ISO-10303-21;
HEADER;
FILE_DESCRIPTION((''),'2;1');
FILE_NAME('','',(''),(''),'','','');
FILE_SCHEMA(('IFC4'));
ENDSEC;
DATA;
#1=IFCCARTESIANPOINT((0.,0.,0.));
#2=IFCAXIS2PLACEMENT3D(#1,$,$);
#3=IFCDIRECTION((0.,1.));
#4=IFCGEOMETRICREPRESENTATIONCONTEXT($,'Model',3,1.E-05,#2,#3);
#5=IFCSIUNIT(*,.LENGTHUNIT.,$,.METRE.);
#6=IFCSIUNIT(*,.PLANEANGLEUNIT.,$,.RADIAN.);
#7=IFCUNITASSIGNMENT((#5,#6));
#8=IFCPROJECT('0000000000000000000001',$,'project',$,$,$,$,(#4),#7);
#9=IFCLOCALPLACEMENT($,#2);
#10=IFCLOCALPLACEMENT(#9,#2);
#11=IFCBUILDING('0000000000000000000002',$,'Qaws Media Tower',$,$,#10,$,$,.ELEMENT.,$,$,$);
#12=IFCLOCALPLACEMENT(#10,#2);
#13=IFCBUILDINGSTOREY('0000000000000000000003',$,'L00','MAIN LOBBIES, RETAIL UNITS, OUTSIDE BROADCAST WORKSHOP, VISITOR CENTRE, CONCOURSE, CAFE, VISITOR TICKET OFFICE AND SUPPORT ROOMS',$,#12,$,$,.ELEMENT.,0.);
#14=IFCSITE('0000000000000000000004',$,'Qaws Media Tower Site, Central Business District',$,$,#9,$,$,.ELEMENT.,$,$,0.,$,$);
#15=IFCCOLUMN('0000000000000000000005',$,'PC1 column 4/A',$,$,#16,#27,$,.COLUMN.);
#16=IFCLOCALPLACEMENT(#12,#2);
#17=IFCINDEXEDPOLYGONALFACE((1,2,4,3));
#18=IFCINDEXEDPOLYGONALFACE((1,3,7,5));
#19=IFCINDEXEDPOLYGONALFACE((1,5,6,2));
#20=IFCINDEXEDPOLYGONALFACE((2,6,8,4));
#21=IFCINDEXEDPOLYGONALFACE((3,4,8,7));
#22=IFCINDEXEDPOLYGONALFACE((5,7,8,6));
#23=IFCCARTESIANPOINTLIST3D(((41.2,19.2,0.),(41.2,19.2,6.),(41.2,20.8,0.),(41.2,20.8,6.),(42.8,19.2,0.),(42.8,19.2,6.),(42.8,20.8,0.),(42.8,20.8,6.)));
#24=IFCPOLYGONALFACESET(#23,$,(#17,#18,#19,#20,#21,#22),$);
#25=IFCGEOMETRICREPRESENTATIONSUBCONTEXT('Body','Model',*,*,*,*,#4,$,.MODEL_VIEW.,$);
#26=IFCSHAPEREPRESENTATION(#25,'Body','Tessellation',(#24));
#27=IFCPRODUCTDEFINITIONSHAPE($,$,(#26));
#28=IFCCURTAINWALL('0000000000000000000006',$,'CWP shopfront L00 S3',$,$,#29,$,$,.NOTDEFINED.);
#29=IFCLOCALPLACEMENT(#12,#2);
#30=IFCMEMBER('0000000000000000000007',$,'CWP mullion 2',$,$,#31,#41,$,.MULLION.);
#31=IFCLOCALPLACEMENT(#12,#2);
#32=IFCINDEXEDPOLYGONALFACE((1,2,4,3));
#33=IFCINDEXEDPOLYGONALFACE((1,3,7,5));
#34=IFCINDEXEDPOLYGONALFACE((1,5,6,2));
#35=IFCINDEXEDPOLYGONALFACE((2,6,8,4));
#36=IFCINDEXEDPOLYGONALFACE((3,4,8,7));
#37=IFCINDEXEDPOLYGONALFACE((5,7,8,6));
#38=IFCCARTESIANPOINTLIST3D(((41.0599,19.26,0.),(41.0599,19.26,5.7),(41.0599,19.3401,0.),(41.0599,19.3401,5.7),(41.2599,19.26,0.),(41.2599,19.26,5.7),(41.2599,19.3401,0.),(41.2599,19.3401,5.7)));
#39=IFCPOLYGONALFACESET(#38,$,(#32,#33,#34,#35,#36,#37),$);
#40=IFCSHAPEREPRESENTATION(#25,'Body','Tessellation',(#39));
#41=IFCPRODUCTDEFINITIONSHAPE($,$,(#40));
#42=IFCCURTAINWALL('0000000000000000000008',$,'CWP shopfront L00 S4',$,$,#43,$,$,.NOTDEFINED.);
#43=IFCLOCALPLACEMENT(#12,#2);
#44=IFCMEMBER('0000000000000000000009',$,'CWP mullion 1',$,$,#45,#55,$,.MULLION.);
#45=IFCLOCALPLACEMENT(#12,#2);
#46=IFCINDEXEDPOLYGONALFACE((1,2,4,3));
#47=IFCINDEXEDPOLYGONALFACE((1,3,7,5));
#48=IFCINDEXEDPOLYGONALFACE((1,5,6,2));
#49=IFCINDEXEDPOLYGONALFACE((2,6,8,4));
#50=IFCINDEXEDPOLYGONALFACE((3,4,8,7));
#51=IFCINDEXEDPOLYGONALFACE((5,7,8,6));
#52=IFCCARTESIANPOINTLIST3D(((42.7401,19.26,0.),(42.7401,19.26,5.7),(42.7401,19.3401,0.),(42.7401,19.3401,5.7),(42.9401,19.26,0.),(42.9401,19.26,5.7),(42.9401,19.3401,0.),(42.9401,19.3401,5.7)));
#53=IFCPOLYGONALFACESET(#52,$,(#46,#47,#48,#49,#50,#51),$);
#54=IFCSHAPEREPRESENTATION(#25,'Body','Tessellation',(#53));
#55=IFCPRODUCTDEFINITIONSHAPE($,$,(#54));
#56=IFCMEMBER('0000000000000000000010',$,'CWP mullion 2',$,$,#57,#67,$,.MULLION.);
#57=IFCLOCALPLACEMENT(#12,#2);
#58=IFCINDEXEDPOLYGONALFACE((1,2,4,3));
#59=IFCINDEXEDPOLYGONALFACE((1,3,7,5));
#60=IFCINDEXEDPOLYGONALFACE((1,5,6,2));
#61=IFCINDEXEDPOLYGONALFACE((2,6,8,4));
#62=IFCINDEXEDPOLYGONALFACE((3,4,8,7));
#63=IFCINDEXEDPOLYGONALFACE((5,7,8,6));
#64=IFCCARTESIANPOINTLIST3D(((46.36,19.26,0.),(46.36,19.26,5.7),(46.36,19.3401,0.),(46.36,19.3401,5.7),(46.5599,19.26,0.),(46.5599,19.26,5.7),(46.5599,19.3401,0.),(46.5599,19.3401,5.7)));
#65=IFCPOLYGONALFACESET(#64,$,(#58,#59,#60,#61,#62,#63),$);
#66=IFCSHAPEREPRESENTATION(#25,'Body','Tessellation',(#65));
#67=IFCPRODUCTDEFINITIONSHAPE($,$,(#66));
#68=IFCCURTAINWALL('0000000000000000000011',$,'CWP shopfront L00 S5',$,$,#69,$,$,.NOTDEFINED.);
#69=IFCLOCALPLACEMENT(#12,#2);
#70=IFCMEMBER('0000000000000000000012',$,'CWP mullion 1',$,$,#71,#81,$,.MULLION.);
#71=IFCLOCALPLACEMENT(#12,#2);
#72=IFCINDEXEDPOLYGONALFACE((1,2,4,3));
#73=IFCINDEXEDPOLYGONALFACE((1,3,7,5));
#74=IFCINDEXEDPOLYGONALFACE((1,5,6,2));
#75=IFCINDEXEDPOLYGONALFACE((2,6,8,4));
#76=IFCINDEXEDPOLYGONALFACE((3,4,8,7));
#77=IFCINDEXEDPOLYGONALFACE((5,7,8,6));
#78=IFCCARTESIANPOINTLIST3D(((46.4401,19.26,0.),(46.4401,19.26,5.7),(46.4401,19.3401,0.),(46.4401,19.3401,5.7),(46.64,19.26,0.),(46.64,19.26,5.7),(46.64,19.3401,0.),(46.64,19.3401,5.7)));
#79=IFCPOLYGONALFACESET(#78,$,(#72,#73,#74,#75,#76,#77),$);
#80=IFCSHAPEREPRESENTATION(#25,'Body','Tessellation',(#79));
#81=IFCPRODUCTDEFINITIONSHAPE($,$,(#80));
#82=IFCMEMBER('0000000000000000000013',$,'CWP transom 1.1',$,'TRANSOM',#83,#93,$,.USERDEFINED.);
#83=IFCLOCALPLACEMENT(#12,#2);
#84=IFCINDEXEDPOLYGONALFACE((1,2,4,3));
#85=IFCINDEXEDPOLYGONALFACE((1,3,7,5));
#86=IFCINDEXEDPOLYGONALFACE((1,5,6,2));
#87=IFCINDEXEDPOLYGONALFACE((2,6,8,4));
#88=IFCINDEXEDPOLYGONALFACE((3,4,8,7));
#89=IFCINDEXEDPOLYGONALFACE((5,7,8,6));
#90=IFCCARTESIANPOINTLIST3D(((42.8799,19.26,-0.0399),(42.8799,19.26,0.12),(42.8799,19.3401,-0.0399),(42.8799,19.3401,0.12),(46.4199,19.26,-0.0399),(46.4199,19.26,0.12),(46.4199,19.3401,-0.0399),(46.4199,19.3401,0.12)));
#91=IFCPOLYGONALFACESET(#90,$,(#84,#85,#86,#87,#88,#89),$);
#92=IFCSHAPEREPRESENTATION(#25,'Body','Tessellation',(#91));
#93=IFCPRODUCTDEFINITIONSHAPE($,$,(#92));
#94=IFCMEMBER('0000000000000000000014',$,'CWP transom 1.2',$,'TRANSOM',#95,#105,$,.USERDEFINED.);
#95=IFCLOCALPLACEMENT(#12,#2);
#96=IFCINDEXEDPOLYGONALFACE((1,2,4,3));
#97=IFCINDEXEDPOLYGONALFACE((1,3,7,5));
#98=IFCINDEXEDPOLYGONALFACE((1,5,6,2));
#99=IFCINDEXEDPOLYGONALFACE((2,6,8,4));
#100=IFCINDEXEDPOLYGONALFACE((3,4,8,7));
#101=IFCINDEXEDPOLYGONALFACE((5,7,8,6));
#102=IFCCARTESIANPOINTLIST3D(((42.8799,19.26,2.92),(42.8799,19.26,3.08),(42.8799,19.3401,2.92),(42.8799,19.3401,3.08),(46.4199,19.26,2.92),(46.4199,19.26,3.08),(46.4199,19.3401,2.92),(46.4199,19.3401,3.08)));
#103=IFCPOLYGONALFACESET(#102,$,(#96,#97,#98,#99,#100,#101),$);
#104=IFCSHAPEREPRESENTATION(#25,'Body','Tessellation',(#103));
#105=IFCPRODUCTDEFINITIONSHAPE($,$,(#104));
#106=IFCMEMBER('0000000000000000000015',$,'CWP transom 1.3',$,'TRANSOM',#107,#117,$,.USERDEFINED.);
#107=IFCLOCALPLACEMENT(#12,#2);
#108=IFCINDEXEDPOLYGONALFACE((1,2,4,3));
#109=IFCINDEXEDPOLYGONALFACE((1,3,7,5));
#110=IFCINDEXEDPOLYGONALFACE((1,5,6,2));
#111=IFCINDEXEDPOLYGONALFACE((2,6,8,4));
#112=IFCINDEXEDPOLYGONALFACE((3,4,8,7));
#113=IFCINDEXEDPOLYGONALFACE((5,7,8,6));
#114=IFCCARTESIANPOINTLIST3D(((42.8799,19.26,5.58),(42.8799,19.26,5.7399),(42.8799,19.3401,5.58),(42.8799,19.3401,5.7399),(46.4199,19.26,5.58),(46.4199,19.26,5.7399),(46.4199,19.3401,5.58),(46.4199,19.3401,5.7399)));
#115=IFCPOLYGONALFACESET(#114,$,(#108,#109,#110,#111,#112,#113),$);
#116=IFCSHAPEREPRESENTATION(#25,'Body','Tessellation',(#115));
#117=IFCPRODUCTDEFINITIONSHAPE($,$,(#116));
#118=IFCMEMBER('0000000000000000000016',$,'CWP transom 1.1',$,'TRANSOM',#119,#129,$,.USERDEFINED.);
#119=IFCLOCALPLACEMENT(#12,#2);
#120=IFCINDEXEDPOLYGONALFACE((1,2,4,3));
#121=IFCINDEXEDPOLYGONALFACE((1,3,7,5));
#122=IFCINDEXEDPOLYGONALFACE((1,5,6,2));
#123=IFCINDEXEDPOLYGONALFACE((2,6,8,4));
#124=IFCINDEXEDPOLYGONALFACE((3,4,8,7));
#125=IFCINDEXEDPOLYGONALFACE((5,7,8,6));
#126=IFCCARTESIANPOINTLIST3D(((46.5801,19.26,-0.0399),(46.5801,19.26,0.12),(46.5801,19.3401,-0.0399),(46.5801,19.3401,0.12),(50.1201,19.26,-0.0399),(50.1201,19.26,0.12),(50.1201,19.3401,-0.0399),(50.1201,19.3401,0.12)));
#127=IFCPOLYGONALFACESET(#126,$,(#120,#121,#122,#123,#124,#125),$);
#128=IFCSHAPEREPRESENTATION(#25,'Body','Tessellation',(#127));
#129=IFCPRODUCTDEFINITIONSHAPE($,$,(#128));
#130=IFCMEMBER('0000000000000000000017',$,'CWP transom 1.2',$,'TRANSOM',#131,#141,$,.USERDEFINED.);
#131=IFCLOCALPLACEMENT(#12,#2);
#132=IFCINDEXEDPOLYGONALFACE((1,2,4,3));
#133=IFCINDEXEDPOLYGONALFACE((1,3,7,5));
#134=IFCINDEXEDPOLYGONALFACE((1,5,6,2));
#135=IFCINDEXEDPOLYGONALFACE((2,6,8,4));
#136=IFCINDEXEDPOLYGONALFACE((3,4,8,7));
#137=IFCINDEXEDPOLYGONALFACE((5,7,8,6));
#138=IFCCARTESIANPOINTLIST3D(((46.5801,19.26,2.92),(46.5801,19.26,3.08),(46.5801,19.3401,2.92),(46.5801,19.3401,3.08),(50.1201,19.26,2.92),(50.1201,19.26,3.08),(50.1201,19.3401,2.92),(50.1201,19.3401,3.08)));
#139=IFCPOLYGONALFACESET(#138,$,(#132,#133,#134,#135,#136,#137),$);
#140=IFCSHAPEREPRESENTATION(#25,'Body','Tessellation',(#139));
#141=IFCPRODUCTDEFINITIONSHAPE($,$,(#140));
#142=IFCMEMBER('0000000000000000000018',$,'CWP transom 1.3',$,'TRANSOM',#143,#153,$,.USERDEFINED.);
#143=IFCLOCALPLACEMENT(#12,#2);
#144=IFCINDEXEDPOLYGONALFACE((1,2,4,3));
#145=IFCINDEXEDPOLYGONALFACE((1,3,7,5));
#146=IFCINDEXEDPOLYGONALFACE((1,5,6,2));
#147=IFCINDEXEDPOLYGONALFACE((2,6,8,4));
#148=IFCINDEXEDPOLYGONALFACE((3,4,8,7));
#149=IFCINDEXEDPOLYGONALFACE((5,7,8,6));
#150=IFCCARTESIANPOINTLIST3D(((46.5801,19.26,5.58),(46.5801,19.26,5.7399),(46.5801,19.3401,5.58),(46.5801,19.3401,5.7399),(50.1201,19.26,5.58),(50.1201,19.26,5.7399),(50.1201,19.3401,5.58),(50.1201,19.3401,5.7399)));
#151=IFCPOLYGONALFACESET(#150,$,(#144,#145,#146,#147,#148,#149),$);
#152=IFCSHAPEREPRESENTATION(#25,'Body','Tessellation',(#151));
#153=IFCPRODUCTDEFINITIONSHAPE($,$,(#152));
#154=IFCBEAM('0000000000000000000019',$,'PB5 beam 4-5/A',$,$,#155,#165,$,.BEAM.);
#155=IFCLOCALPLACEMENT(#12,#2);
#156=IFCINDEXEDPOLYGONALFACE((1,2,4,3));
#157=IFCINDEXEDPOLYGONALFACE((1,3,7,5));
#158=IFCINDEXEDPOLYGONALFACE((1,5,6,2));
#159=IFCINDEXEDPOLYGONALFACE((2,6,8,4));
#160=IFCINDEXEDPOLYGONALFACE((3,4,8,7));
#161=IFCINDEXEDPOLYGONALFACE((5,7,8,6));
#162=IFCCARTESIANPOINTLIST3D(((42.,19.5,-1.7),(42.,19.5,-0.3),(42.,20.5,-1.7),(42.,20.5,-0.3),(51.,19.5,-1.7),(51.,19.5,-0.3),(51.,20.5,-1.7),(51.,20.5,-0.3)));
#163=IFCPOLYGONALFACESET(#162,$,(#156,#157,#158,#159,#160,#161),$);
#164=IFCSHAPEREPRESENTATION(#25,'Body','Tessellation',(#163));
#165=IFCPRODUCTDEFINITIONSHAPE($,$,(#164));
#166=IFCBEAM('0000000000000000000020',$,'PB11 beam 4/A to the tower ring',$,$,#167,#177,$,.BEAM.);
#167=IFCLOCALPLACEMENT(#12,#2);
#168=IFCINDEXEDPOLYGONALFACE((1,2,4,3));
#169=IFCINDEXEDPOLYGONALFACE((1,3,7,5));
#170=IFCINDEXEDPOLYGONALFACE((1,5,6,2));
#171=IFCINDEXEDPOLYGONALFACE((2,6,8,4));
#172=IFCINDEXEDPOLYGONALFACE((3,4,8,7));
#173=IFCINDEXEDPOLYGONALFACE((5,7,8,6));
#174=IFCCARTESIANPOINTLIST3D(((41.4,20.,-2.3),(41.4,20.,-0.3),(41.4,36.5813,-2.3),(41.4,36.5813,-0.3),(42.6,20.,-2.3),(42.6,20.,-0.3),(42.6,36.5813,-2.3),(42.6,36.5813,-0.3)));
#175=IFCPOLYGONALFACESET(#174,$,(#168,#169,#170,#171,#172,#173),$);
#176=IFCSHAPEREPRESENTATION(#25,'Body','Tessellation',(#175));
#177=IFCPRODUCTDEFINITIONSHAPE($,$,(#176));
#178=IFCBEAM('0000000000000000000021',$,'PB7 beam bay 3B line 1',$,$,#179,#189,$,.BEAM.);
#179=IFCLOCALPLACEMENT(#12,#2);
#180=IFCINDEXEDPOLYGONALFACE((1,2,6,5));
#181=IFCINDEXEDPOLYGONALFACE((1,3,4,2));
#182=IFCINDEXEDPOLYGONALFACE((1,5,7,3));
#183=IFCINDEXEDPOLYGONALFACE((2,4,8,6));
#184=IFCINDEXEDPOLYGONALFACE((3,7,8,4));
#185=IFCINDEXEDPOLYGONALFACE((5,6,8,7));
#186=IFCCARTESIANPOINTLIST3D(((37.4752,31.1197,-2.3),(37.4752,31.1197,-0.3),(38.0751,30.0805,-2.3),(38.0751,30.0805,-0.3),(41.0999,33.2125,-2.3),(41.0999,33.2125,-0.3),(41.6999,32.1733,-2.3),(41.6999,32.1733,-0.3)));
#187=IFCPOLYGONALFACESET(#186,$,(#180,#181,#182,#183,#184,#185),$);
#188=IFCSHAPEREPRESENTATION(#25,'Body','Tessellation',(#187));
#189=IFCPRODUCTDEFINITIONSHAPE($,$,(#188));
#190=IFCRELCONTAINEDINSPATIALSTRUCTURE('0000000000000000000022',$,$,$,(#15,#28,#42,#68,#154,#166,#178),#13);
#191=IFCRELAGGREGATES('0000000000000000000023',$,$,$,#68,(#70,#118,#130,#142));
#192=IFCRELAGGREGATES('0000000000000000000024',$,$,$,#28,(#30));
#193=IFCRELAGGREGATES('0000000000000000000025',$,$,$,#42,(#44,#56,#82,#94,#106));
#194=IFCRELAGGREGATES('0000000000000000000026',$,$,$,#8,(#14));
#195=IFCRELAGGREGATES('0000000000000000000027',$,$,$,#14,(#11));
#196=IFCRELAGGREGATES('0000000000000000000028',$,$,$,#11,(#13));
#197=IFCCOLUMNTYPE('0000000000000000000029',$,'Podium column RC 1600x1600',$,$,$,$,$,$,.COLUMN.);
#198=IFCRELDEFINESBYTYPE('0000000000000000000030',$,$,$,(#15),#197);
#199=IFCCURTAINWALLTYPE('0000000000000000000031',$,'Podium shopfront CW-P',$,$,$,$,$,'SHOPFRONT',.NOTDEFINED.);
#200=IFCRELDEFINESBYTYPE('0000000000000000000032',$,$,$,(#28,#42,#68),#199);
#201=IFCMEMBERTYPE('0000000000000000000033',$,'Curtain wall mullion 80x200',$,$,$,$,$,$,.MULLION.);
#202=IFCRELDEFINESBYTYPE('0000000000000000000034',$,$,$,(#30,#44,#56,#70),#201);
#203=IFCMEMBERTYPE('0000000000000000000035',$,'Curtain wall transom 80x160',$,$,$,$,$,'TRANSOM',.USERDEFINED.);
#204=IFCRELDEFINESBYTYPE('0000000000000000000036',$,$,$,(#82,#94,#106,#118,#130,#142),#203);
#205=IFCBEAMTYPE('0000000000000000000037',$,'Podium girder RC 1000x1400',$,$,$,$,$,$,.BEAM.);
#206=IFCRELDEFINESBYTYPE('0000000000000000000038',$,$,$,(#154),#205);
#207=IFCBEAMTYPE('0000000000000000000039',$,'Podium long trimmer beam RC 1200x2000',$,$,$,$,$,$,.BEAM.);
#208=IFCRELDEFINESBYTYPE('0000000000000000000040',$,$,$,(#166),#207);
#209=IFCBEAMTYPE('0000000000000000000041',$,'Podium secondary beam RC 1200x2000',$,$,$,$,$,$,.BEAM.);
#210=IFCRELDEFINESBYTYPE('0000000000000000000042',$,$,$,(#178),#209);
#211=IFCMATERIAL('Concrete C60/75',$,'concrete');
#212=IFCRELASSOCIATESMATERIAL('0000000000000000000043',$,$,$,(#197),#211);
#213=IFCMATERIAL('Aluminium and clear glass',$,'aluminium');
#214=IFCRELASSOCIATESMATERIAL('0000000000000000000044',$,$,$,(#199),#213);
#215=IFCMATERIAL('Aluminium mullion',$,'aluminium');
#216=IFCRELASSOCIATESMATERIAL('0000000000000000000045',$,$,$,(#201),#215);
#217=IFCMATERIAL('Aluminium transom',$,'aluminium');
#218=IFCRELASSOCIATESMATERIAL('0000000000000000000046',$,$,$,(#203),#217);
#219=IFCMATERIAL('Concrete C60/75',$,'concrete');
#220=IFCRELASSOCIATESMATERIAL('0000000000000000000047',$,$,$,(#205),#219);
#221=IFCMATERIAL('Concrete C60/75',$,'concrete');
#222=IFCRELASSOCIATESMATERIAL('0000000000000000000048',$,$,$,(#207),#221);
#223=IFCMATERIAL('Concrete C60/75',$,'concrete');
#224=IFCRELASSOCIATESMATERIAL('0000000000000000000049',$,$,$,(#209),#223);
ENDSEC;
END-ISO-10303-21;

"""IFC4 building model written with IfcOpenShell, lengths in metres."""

from ifc_helpers import new_model, si_unit, direction, frame, origin, origin_2d, place, context, subcontext, project, spatial, rectangle, extrude, material, material_profile, profile_set, type_object, element, aggregate, save


model = new_model("IFC4")

# Units and contexts
model_context = context("Model", 3, precision=1e-05, world=origin(), true_north=direction((0.0, 1.0)))
body_context = subcontext(model_context, "Body", "Model", "MODEL_VIEW")
ifc_project = project(units=[si_unit("LENGTHUNIT", "METRE"), si_unit("PLANEANGLEUNIT", "RADIAN")], contexts=[model_context])

# Site, building, storey
site_placement = place(None, origin())
site = spatial("IfcSite", under=ifc_project, at=site_placement, Name="Qaws Media Tower Site, Central Business District", CompositionType="ELEMENT", RefElevation=0.0)
building_placement = place(site_placement, origin())
building = spatial("IfcBuilding", under=site, at=building_placement, Name="Qaws Media Tower", CompositionType="ELEMENT")
storey_placement = place(building_placement, origin())
storey = spatial("IfcBuildingStorey", under=building, at=storey_placement, Name="L00", Description="MAIN LOBBIES, RETAIL UNITS, OUTSIDE BROADCAST WORKSHOP, VISITOR CENTRE, CONCOURSE, CAFE, VISITOR TICKET OFFICE AND SUPPORT ROOMS", CompositionType="ELEMENT", Elevation=0.0)

# Column
ifc_material_1 = material(Name="Concrete C60/75", Category="concrete")
ifc_material_profile_1 = material_profile(ifc_material_1, rectangle(XDim=1.6001, YDim=1.6001, at=origin_2d()), Name="RC 1600x1600")
ifc_profile_set_1 = profile_set([ifc_material_profile_1], Name="Concrete C60/75")
column_type = type_object("IfcColumnType", Name="Podium column RC 1600x1600", PredefinedType="COLUMN", material=ifc_profile_set_1)
column_placement = place(storey_placement, frame((42.0, 20.0, 0.0), z_axis=(0.0, 0.0, 1.0), x_axis=(1.0, 0.0, 0.0)))
element("IfcColumn", 1, at=column_placement, inside=storey, type_object=column_type, Name="PC1 column 4/A", PredefinedType="COLUMN", context=body_context, shape_type="SweptSolid", body=[
    extrude(rectangle(XDim=1.6001, YDim=1.6001, at=origin_2d()), origin(), (0.0, 0.0, 1.0), 6.0),
])

# Curtain wall, member
ifc_material_2 = material(Name="Aluminium and clear glass", Category="aluminium")
curtain_wall_type = type_object("IfcCurtainWallType", Name="Podium shopfront CW-P", ElementType="SHOPFRONT", PredefinedType="NOTDEFINED", material=ifc_material_2)
curtain_wall_1_placement = place(storey_placement, origin())
curtain_wall_1 = element("IfcCurtainWall", 2, at=curtain_wall_1_placement, inside=storey, type_object=curtain_wall_type, Name="CWP shopfront L00 S3", PredefinedType="NOTDEFINED")
ifc_material_3 = material(Name="Aluminium mullion", Category="aluminium")
ifc_material_profile_2 = material_profile(ifc_material_3, rectangle(XDim=0.0801, YDim=0.2, at=origin_2d()), Name="80x200")
ifc_profile_set_2 = profile_set([ifc_material_profile_2], Name="Aluminium mullion")
member_type_1 = type_object("IfcMemberType", Name="Curtain wall mullion 80x200", PredefinedType="MULLION", material=ifc_profile_set_2)
member_1_placement = place(storey_placement, frame((41.1599, 19.3, 0.0), z_axis=(0.0, 0.0, 1.0), x_axis=(0.0, 1.0, 0.0)))
member_1 = element("IfcMember", 3, at=member_1_placement, type_object=member_type_1, Name="CWP mullion 2", PredefinedType="MULLION", context=body_context, shape_type="SweptSolid", body=[
    extrude(rectangle(XDim=0.0801, YDim=0.2, at=origin_2d()), origin(), (0.0, 0.0, 1.0), 5.7),
])

# Curtain wall, members
curtain_wall_2_placement = place(storey_placement, origin())
curtain_wall_2 = element("IfcCurtainWall", 4, at=curtain_wall_2_placement, inside=storey, type_object=curtain_wall_type, Name="CWP shopfront L00 S4", PredefinedType="NOTDEFINED")
member_2_placement = place(storey_placement, frame((42.8401, 19.3, 0.0), z_axis=(0.0, 0.0, 1.0), x_axis=(0.0, 1.0, 0.0)))
member_2 = element("IfcMember", 5, at=member_2_placement, type_object=member_type_1, Name="CWP mullion 1", PredefinedType="MULLION", context=body_context, shape_type="SweptSolid", body=[
    extrude(rectangle(XDim=0.0801, YDim=0.2, at=origin_2d()), origin(), (0.0, 0.0, 1.0), 5.7),
])
member_3_placement = place(storey_placement, frame((46.46, 19.3, 0.0), z_axis=(0.0, 0.0, 1.0), x_axis=(0.0, 1.0, 0.0)))
member_3 = element("IfcMember", 6, at=member_3_placement, type_object=member_type_1, Name="CWP mullion 2", PredefinedType="MULLION", context=body_context, shape_type="SweptSolid", body=[
    extrude(rectangle(XDim=0.0801, YDim=0.2, at=origin_2d()), origin(), (0.0, 0.0, 1.0), 5.7),
])

# Curtain wall, member
curtain_wall_3_placement = place(storey_placement, origin())
curtain_wall_3 = element("IfcCurtainWall", 7, at=curtain_wall_3_placement, inside=storey, type_object=curtain_wall_type, Name="CWP shopfront L00 S5", PredefinedType="NOTDEFINED")
member_4_placement = place(storey_placement, frame((46.54, 19.3, 0.0), z_axis=(0.0, 0.0, 1.0), x_axis=(0.0, 1.0, 0.0)))
member_4 = element("IfcMember", 8, at=member_4_placement, type_object=member_type_1, Name="CWP mullion 1", PredefinedType="MULLION", context=body_context, shape_type="SweptSolid", body=[
    extrude(rectangle(XDim=0.0801, YDim=0.2, at=origin_2d()), origin(), (0.0, 0.0, 1.0), 5.7),
])

# Members
ifc_material_4 = material(Name="Aluminium transom", Category="aluminium")
ifc_material_profile_3 = material_profile(ifc_material_4, rectangle(XDim=0.0801, YDim=0.1599, at=origin_2d()), Name="80x160")
ifc_profile_set_3 = profile_set([ifc_material_profile_3], Name="Aluminium transom")
member_type_2 = type_object("IfcMemberType", Name="Curtain wall transom 80x160", ElementType="TRANSOM", PredefinedType="USERDEFINED", material=ifc_profile_set_3)
member_5_placement = place(storey_placement, frame((42.8799, 19.3, 0.04), z_axis=(1.0, 0.0, 0.0), x_axis=(0.0, 1.0, 0.0)))
member_5 = element("IfcMember", 9, at=member_5_placement, type_object=member_type_2, Name="CWP transom 1.1", ObjectType="TRANSOM", PredefinedType="USERDEFINED", context=body_context, shape_type="SweptSolid", body=[
    extrude(rectangle(XDim=0.0801, YDim=0.1599, at=origin_2d()), origin(), (0.0, 0.0, 1.0), 3.54),
])
member_6_placement = place(storey_placement, frame((42.8799, 19.3, 3.0), z_axis=(1.0, 0.0, 0.0), x_axis=(0.0, 1.0, 0.0)))
member_6 = element("IfcMember", 10, at=member_6_placement, type_object=member_type_2, Name="CWP transom 1.2", ObjectType="TRANSOM", PredefinedType="USERDEFINED", context=body_context, shape_type="SweptSolid", body=[
    extrude(rectangle(XDim=0.0801, YDim=0.1599, at=origin_2d()), origin(), (0.0, 0.0, 1.0), 3.54),
])
member_7_placement = place(storey_placement, frame((42.8799, 19.3, 5.6599), z_axis=(1.0, 0.0, 0.0), x_axis=(0.0, 1.0, 0.0)))
member_7 = element("IfcMember", 11, at=member_7_placement, type_object=member_type_2, Name="CWP transom 1.3", ObjectType="TRANSOM", PredefinedType="USERDEFINED", context=body_context, shape_type="SweptSolid", body=[
    extrude(rectangle(XDim=0.0801, YDim=0.1599, at=origin_2d()), origin(), (0.0, 0.0, 1.0), 3.54),
])
member_8_placement = place(storey_placement, frame((46.5801, 19.3, 0.04), z_axis=(1.0, 0.0, 0.0), x_axis=(0.0, 1.0, 0.0)))
member_8 = element("IfcMember", 12, at=member_8_placement, type_object=member_type_2, Name="CWP transom 1.1", ObjectType="TRANSOM", PredefinedType="USERDEFINED", context=body_context, shape_type="SweptSolid", body=[
    extrude(rectangle(XDim=0.0801, YDim=0.1599, at=origin_2d()), origin(), (0.0, 0.0, 1.0), 3.54),
])
member_9_placement = place(storey_placement, frame((46.5801, 19.3, 3.0), z_axis=(1.0, 0.0, 0.0), x_axis=(0.0, 1.0, 0.0)))
member_9 = element("IfcMember", 13, at=member_9_placement, type_object=member_type_2, Name="CWP transom 1.2", ObjectType="TRANSOM", PredefinedType="USERDEFINED", context=body_context, shape_type="SweptSolid", body=[
    extrude(rectangle(XDim=0.0801, YDim=0.1599, at=origin_2d()), origin(), (0.0, 0.0, 1.0), 3.54),
])
member_10_placement = place(storey_placement, frame((46.5801, 19.3, 5.6599), z_axis=(1.0, 0.0, 0.0), x_axis=(0.0, 1.0, 0.0)))
member_10 = element("IfcMember", 14, at=member_10_placement, type_object=member_type_2, Name="CWP transom 1.3", ObjectType="TRANSOM", PredefinedType="USERDEFINED", context=body_context, shape_type="SweptSolid", body=[
    extrude(rectangle(XDim=0.0801, YDim=0.1599, at=origin_2d()), origin(), (0.0, 0.0, 1.0), 3.54),
])
aggregate(curtain_wall_3, [member_4, member_8, member_9, member_10])

# Beams
ifc_material_5 = material(Name="Concrete C60/75", Category="concrete")
ifc_material_profile_4 = material_profile(ifc_material_5, rectangle(XDim=1.0, YDim=1.3999, at=origin_2d()), Name="RC 1000x1400")
ifc_profile_set_4 = profile_set([ifc_material_profile_4], Name="Concrete C60/75")
beam_type_1 = type_object("IfcBeamType", Name="Podium girder RC 1000x1400", PredefinedType="BEAM", material=ifc_profile_set_4)
beam_1_placement = place(storey_placement, frame((42.0, 20.0, -1.0), z_axis=(1.0, 0.0, 0.0), x_axis=(0.0, 1.0, 0.0)))
element("IfcBeam", 15, at=beam_1_placement, inside=storey, type_object=beam_type_1, Name="PB5 beam 4-5/A", PredefinedType="BEAM", context=body_context, shape_type="SweptSolid", body=[
    extrude(rectangle(XDim=1.0, YDim=1.3999, at=origin_2d()), origin(), (0.0, 0.0, 1.0), 9.0),
])
ifc_material_6 = material(Name="Concrete C60/75", Category="concrete")
ifc_material_profile_5 = material_profile(ifc_material_6, rectangle(XDim=1.2, YDim=2.0, at=origin_2d()), Name="RC 1200x2000")
ifc_profile_set_5 = profile_set([ifc_material_profile_5], Name="Concrete C60/75")
beam_type_2 = type_object("IfcBeamType", Name="Podium long trimmer beam RC 1200x2000", PredefinedType="BEAM", material=ifc_profile_set_5)
beam_2_placement = place(storey_placement, frame((42.0, 20.0, -1.3), z_axis=(0.0, 1.0, 0.0), x_axis=(-1.0, 0.0, 0.0)))
element("IfcBeam", 16, at=beam_2_placement, inside=storey, type_object=beam_type_2, Name="PB11 beam 4/A to the tower ring", PredefinedType="BEAM", context=body_context, shape_type="SweptSolid", body=[
    extrude(rectangle(XDim=1.2, YDim=2.0, at=origin_2d()), origin(), (0.0, 0.0, 1.0), 16.5813),
])
ifc_material_7 = material(Name="Concrete C60/75", Category="concrete")
ifc_material_profile_6 = material_profile(ifc_material_7, rectangle(XDim=1.2, YDim=2.0, at=origin_2d()), Name="RC 1200x2000")
ifc_profile_set_6 = profile_set([ifc_material_profile_6], Name="Concrete C60/75")
beam_type_3 = type_object("IfcBeamType", Name="Podium secondary beam RC 1200x2000", PredefinedType="BEAM", material=ifc_profile_set_6)
beam_3_placement = place(storey_placement, frame((37.7751, 30.6001, -1.3), z_axis=(0.866023, 0.500004, 0.0), x_axis=(-0.500004, 0.866023, 0.0)))
element("IfcBeam", 17, at=beam_3_placement, inside=storey, type_object=beam_type_3, Name="PB7 beam bay 3B line 1", PredefinedType="BEAM", context=body_context, shape_type="SweptSolid", body=[
    extrude(rectangle(XDim=1.2, YDim=2.0, at=origin_2d()), origin(), (0.0, 0.0, 1.0), 4.1855),
])

aggregate(curtain_wall_1, [member_1])
aggregate(curtain_wall_2, [member_2, member_3, member_5, member_6, member_7])

save(model, "model.ifc")
